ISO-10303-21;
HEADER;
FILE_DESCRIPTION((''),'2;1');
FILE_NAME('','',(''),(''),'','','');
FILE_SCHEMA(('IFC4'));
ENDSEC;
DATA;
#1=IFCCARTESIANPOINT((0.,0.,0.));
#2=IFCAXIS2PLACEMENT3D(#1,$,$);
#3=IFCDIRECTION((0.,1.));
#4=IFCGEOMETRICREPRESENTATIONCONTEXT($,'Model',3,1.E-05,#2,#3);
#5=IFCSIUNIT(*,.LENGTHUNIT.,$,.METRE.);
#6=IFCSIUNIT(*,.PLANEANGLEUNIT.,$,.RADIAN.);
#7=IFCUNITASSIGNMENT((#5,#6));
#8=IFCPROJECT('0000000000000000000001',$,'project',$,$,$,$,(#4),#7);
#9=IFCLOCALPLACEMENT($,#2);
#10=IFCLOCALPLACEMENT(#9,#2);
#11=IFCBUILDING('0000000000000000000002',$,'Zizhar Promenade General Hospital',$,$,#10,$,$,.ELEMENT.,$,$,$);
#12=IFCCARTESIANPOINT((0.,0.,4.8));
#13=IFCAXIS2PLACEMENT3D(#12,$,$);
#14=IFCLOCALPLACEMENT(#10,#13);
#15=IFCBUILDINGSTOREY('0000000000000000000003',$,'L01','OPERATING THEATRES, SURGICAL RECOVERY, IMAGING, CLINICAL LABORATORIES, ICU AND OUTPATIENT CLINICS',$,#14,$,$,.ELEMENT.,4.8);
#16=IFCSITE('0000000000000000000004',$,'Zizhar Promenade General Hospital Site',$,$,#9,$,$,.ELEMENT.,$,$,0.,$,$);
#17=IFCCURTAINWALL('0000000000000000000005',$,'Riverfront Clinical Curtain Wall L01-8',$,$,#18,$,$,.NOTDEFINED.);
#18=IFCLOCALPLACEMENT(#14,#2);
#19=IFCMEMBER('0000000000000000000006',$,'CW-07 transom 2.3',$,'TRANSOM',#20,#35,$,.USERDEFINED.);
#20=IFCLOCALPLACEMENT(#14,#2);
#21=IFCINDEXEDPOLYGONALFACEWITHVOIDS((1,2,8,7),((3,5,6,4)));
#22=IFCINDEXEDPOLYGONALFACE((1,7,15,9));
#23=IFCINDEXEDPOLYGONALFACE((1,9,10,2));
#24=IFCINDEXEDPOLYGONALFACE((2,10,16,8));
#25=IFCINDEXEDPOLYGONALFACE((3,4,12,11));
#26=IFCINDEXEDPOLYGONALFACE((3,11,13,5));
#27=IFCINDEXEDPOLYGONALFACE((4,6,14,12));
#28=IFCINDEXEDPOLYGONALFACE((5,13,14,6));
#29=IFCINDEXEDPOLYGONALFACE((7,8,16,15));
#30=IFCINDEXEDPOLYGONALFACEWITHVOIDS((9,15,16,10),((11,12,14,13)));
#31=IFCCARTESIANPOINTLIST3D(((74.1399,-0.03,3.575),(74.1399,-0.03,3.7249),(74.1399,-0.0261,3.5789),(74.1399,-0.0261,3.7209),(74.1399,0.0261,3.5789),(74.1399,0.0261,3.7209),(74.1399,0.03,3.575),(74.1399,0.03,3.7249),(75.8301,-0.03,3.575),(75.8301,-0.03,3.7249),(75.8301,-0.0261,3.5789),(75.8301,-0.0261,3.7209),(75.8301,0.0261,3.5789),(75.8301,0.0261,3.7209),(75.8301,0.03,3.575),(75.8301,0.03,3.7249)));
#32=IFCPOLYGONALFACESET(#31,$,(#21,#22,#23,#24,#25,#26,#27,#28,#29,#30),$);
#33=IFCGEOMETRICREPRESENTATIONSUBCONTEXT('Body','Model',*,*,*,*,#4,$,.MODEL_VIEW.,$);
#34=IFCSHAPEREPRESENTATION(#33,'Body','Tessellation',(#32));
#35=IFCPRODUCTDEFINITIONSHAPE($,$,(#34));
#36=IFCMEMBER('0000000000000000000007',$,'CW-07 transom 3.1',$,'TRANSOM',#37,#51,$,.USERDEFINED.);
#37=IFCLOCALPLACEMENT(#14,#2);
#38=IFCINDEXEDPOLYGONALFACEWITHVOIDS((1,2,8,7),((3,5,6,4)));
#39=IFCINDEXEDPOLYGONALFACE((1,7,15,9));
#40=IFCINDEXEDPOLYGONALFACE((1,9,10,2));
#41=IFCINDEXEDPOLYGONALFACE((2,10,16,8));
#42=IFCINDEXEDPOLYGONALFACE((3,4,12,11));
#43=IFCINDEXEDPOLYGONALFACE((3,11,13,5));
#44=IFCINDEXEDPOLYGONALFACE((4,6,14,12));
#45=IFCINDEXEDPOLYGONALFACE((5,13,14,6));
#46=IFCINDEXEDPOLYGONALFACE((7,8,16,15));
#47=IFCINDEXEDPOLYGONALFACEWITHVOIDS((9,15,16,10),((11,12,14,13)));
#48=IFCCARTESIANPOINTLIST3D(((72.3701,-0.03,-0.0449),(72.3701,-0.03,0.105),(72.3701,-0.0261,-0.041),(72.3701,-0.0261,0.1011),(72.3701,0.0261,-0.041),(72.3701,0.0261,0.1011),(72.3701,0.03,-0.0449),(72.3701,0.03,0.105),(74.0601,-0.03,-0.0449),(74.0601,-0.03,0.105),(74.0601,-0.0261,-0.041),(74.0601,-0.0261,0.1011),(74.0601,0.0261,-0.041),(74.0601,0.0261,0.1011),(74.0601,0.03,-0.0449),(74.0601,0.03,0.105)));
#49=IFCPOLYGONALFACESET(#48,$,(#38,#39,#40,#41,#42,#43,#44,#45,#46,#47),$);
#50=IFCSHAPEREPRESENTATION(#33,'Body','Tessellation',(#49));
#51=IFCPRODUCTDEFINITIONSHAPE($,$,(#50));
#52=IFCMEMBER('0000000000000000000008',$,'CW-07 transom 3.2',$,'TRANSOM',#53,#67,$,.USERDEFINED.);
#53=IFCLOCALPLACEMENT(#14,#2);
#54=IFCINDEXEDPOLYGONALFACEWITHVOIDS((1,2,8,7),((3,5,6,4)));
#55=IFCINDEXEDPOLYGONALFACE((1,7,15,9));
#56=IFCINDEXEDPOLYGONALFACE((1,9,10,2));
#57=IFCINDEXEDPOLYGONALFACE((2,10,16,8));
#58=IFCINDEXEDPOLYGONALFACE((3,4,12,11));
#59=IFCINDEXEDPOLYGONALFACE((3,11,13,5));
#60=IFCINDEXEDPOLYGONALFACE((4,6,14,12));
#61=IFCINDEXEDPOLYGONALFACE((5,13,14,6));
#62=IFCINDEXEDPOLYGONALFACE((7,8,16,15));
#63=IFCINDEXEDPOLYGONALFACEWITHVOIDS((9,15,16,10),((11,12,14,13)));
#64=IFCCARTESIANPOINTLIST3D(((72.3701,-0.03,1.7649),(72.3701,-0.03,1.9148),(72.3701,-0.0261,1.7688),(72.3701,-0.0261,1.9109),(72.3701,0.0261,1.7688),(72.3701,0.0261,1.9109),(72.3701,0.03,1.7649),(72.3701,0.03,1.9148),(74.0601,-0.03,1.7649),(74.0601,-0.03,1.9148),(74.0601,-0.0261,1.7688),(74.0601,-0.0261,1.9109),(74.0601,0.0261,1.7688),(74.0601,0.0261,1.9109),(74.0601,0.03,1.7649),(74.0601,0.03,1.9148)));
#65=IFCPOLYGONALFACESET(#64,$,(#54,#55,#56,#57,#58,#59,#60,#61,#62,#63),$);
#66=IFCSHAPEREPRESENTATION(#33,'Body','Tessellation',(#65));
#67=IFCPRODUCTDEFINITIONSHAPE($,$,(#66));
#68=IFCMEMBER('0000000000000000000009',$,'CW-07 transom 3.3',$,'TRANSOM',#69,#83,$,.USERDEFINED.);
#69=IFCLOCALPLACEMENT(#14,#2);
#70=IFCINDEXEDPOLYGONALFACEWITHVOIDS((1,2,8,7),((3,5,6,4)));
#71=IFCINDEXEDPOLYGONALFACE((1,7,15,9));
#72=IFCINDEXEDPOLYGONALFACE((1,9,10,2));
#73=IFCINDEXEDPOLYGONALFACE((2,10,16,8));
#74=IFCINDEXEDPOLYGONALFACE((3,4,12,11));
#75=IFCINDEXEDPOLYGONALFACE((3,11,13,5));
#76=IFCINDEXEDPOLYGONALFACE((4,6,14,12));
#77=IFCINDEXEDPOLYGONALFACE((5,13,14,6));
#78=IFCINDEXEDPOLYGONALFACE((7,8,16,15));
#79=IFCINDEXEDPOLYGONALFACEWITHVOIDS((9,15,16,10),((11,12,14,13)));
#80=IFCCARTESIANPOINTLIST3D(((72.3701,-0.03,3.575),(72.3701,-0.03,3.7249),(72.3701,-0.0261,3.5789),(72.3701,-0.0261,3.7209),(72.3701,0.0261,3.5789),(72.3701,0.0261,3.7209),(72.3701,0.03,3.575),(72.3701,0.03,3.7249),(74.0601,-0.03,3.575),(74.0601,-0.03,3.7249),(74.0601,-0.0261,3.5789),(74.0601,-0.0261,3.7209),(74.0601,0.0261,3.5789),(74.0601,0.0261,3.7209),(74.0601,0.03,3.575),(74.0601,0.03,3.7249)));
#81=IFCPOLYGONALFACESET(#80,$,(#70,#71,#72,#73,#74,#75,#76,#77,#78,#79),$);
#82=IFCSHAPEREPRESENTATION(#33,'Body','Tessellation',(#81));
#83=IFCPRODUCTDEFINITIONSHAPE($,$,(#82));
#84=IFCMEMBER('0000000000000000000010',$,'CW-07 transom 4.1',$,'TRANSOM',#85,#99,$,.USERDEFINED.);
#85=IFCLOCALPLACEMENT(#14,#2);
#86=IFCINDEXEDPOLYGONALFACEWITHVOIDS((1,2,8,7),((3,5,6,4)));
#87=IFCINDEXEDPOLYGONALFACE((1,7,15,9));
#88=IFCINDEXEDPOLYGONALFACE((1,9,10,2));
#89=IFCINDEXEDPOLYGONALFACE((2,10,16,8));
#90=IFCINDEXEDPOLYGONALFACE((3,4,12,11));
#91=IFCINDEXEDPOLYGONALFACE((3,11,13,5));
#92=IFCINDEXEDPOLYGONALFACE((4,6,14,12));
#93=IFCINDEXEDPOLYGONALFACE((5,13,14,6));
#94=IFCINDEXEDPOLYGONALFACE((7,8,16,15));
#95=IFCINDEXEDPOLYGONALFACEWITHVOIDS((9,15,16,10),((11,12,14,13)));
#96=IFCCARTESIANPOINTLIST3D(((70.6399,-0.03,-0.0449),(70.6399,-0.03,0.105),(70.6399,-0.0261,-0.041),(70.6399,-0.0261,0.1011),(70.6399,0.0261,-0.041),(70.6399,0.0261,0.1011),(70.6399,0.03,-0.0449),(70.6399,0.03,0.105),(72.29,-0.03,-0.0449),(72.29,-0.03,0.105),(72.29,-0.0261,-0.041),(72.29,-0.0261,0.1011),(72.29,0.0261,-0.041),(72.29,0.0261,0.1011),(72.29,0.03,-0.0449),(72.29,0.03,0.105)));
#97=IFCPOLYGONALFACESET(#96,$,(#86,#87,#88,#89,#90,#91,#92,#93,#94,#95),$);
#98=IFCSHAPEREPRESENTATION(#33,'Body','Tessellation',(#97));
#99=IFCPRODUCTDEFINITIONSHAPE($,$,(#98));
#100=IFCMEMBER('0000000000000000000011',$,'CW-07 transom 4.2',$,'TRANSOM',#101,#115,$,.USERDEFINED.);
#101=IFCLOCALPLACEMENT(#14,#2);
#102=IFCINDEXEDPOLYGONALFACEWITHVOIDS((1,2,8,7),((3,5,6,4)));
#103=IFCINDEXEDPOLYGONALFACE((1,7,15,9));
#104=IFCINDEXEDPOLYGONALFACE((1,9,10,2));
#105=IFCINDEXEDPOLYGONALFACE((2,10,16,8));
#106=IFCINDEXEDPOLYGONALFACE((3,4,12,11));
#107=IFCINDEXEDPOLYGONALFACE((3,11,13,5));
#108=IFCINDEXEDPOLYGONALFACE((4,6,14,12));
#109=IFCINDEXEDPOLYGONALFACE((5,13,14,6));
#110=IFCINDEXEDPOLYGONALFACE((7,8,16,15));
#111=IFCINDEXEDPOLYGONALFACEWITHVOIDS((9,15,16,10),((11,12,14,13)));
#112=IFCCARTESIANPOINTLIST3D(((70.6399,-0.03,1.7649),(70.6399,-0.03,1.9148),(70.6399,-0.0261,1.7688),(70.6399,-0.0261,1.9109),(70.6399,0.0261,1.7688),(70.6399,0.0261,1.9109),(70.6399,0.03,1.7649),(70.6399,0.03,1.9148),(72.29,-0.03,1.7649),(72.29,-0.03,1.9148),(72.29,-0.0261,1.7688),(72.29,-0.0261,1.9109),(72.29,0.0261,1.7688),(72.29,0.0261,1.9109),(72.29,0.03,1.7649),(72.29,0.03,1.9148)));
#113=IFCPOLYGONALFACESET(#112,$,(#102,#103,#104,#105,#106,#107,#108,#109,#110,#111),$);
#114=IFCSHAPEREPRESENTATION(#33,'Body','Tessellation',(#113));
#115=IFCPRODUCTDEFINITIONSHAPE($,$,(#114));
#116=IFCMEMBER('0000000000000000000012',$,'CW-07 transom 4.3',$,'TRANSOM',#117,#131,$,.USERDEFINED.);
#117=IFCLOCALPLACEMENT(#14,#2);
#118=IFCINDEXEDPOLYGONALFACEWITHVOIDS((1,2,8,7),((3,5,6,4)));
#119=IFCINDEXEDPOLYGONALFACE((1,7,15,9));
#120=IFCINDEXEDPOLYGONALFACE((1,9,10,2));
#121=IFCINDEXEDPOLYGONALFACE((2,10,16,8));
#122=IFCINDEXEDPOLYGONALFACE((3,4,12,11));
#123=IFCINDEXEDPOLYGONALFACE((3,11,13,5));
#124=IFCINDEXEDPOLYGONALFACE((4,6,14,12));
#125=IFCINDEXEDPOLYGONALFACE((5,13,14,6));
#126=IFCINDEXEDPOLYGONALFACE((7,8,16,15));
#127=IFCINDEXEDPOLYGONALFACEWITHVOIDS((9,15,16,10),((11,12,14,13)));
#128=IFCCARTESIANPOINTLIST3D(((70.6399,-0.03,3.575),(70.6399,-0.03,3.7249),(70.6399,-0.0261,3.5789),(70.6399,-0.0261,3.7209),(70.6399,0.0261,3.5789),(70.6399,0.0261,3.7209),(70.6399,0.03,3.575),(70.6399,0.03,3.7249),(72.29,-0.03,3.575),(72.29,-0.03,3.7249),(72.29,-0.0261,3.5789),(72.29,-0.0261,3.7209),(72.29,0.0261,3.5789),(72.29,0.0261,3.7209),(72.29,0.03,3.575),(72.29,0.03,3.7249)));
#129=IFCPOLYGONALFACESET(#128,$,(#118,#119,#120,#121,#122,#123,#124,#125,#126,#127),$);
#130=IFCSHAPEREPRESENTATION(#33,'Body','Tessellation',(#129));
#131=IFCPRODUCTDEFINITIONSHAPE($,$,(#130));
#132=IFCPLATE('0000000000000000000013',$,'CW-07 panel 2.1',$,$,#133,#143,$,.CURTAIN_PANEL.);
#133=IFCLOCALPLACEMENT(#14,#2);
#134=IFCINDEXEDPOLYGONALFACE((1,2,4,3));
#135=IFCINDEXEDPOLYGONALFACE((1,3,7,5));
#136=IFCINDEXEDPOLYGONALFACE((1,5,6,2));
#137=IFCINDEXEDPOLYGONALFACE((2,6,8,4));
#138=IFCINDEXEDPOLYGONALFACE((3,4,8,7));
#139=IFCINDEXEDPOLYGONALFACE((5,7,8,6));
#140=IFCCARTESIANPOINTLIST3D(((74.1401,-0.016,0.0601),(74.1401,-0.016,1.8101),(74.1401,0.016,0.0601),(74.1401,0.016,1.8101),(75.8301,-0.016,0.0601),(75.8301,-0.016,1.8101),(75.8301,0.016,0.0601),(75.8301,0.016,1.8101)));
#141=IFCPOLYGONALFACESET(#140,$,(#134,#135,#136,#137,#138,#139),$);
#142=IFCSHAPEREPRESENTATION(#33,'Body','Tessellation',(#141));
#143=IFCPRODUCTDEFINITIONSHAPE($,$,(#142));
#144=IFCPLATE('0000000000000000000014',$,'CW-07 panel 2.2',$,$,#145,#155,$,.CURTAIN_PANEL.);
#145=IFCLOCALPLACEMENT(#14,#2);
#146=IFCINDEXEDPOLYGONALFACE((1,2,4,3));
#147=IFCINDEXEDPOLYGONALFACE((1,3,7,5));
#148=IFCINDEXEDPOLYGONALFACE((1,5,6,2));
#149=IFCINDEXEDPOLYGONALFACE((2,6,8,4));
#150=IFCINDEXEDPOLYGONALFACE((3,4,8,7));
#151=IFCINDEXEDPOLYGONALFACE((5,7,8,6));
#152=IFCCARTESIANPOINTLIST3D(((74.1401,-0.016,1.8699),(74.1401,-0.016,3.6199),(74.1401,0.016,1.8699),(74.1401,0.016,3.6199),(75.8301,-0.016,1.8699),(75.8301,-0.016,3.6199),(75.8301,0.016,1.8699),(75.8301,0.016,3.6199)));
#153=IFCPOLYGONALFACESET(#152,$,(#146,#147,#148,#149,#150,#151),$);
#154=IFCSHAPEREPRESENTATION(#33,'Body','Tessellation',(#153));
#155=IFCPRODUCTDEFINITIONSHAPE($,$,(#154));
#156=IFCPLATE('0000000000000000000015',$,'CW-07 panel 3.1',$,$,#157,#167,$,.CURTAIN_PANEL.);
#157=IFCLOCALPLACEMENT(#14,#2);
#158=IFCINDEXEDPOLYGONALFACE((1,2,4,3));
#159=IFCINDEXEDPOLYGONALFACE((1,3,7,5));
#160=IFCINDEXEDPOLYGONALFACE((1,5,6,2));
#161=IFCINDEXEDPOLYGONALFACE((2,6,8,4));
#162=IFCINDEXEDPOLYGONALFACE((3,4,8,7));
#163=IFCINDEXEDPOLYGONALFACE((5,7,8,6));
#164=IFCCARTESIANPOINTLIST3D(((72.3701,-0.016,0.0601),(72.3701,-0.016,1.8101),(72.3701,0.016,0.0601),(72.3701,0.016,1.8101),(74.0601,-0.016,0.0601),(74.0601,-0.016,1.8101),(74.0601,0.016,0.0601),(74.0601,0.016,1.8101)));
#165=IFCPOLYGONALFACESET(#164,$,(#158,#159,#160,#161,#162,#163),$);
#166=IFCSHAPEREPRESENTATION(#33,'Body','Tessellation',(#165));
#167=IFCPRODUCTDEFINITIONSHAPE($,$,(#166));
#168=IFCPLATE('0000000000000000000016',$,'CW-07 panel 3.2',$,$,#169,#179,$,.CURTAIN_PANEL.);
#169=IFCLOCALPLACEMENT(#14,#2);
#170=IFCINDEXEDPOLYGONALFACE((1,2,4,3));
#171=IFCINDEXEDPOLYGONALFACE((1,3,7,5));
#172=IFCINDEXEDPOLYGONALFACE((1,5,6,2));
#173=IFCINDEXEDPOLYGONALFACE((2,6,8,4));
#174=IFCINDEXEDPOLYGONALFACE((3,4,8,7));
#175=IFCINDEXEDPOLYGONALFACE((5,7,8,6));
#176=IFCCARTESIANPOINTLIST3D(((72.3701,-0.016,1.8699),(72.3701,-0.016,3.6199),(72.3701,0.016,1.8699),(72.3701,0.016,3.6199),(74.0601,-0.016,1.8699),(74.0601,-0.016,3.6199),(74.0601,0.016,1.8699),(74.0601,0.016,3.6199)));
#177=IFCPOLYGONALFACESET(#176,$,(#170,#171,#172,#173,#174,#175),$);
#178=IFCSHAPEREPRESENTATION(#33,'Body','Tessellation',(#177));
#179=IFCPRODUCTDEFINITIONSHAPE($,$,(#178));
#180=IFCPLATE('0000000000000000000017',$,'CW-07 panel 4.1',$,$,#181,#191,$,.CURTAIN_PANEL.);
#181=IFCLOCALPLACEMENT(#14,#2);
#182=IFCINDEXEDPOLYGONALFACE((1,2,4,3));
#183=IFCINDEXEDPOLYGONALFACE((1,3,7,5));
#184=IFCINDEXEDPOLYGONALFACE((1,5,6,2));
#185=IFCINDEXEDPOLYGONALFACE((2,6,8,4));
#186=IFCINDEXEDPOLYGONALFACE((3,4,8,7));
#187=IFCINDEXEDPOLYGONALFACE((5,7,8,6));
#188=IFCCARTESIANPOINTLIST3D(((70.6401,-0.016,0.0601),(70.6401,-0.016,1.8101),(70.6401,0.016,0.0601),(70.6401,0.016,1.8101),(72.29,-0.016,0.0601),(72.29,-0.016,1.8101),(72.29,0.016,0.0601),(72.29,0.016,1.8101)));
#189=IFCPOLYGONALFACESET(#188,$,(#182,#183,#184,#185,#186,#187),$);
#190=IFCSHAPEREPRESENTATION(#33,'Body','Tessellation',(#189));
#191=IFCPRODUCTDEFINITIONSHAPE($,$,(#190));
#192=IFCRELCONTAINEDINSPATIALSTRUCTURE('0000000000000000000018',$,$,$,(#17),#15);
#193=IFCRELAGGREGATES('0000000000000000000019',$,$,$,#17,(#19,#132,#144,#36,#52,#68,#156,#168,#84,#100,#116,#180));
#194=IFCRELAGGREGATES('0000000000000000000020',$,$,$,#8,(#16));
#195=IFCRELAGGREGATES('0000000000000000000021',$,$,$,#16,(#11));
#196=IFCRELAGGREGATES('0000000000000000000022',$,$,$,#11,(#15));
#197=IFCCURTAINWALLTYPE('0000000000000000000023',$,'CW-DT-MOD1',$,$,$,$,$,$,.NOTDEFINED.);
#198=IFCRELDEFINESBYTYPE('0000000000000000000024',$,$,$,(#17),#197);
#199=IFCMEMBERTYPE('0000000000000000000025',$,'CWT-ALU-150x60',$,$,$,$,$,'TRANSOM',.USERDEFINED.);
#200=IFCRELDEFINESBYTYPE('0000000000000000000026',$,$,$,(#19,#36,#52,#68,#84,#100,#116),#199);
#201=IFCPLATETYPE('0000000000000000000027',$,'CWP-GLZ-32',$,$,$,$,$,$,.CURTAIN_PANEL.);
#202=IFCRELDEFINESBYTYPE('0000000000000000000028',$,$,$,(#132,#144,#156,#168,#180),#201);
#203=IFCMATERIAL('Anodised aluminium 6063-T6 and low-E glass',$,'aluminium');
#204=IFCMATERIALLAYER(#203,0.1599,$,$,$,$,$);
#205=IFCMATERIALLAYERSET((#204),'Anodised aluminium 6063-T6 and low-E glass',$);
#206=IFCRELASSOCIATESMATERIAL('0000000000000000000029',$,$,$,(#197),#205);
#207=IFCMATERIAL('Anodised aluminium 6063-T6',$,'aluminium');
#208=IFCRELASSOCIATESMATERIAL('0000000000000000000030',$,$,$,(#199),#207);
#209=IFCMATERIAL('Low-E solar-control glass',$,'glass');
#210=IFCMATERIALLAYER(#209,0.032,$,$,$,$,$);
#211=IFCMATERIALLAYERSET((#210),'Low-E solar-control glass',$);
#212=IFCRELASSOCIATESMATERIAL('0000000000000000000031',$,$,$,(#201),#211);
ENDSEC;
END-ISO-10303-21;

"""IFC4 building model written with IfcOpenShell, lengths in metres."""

from ifc_helpers import new_model, si_unit, direction, frame, origin, origin_2d, place, context, subcontext, project, spatial, rectangle, hollow_rectangle, extrude, material, layer, layer_set, material_profile, profile_set, type_object, element, aggregate, save


model = new_model("IFC4")

# Units and contexts
model_context = context("Model", 3, precision=1e-05, world=origin(), true_north=direction((0.0, 1.0)))
body_context = subcontext(model_context, "Body", "Model", "MODEL_VIEW")
ifc_project = project(units=[si_unit("LENGTHUNIT", "METRE"), si_unit("PLANEANGLEUNIT", "RADIAN")], contexts=[model_context])

# Site, building, storey
site_placement = place(None, origin())
site = spatial("IfcSite", under=ifc_project, at=site_placement, Name="Zizhar Promenade General Hospital Site", CompositionType="ELEMENT", RefElevation=0.0)
building_placement = place(site_placement, origin())
building = spatial("IfcBuilding", under=site, at=building_placement, Name="Zizhar Promenade General Hospital", CompositionType="ELEMENT")
storey_placement = place(building_placement, frame((0.0, 0.0, 4.8)))
storey = spatial("IfcBuildingStorey", under=building, at=storey_placement, Name="L01", Description="OPERATING THEATRES, SURGICAL RECOVERY, IMAGING, CLINICAL LABORATORIES, ICU AND OUTPATIENT CLINICS", CompositionType="ELEMENT", Elevation=4.8)

# Curtain wall, members, plates
ifc_material_1 = material(Name="Anodised aluminium 6063-T6 and low-E glass", Category="aluminium")
ifc_layer_1 = layer(ifc_material_1, 0.1599)
ifc_layer_set_1 = layer_set([ifc_layer_1], Name="Anodised aluminium 6063-T6 and low-E glass")
curtain_wall_type = type_object("IfcCurtainWallType", Name="CW-DT-MOD1", PredefinedType="NOTDEFINED", material=ifc_layer_set_1)
curtain_wall_placement = place(storey_placement, origin())
curtain_wall = element("IfcCurtainWall", 1, at=curtain_wall_placement, inside=storey, type_object=curtain_wall_type, Name="Riverfront Clinical Curtain Wall L01-8", PredefinedType="NOTDEFINED")
ifc_material_2 = material(Name="Anodised aluminium 6063-T6", Category="aluminium")
ifc_material_profile_1 = material_profile(ifc_material_2, hollow_rectangle(XDim=0.0601, YDim=0.1499, WallThickness=0.0039, at=origin_2d()))
ifc_profile_set_1 = profile_set([ifc_material_profile_1], Name="Anodised aluminium 6063-T6")
member_type_1 = type_object("IfcMemberType", Name="CWT-ALU-150x60", ElementType="TRANSOM", PredefinedType="USERDEFINED", material=ifc_profile_set_1)
member_1_placement = place(storey_placement, frame((75.8301, 0.0, 3.6499), z_axis=(-1.0, 0.0, 0.0), x_axis=(0.0, -1.0, 0.0)))
member_1 = element("IfcMember", 2, at=member_1_placement, type_object=member_type_1, Name="CW-07 transom 2.3", ObjectType="TRANSOM", PredefinedType="USERDEFINED", context=body_context, shape_type="SweptSolid", body=[
    extrude(hollow_rectangle(XDim=0.0601, YDim=0.1499, WallThickness=0.0039, at=origin_2d()), origin(), (0.0, 0.0, 1.0), 1.6902),
])
member_2_placement = place(storey_placement, frame((74.0601, 0.0, 0.03), z_axis=(-1.0, 0.0, 0.0), x_axis=(0.0, -1.0, 0.0)))
member_2 = element("IfcMember", 3, at=member_2_placement, type_object=member_type_1, Name="CW-07 transom 3.1", ObjectType="TRANSOM", PredefinedType="USERDEFINED", context=body_context, shape_type="SweptSolid", body=[
    extrude(hollow_rectangle(XDim=0.0601, YDim=0.1499, WallThickness=0.0039, at=origin_2d()), origin(), (0.0, 0.0, 1.0), 1.6899),
])
member_3_placement = place(storey_placement, frame((74.0601, 0.0, 1.8398), z_axis=(-1.0, 0.0, 0.0), x_axis=(0.0, -1.0, 0.0)))
member_3 = element("IfcMember", 4, at=member_3_placement, type_object=member_type_1, Name="CW-07 transom 3.2", ObjectType="TRANSOM", PredefinedType="USERDEFINED", context=body_context, shape_type="SweptSolid", body=[
    extrude(hollow_rectangle(XDim=0.0601, YDim=0.1499, WallThickness=0.0039, at=origin_2d()), origin(), (0.0, 0.0, 1.0), 1.6899),
])
member_4_placement = place(storey_placement, frame((74.0601, 0.0, 3.6499), z_axis=(-1.0, 0.0, 0.0), x_axis=(0.0, -1.0, 0.0)))
member_4 = element("IfcMember", 5, at=member_4_placement, type_object=member_type_1, Name="CW-07 transom 3.3", ObjectType="TRANSOM", PredefinedType="USERDEFINED", context=body_context, shape_type="SweptSolid", body=[
    extrude(hollow_rectangle(XDim=0.0601, YDim=0.1499, WallThickness=0.0039, at=origin_2d()), origin(), (0.0, 0.0, 1.0), 1.6899),
])
member_5_placement = place(storey_placement, frame((72.29, 0.0, 0.03), z_axis=(-1.0, 0.0, 0.0), x_axis=(0.0, -1.0, 0.0)))
member_5 = element("IfcMember", 6, at=member_5_placement, type_object=member_type_1, Name="CW-07 transom 4.1", ObjectType="TRANSOM", PredefinedType="USERDEFINED", context=body_context, shape_type="SweptSolid", body=[
    extrude(hollow_rectangle(XDim=0.0601, YDim=0.1499, WallThickness=0.0039, at=origin_2d()), origin(), (0.0, 0.0, 1.0), 1.6501),
])
member_6_placement = place(storey_placement, frame((72.29, 0.0, 1.8398), z_axis=(-1.0, 0.0, 0.0), x_axis=(0.0, -1.0, 0.0)))
member_6 = element("IfcMember", 7, at=member_6_placement, type_object=member_type_1, Name="CW-07 transom 4.2", ObjectType="TRANSOM", PredefinedType="USERDEFINED", context=body_context, shape_type="SweptSolid", body=[
    extrude(hollow_rectangle(XDim=0.0601, YDim=0.1499, WallThickness=0.0039, at=origin_2d()), origin(), (0.0, 0.0, 1.0), 1.6501),
])
member_7_placement = place(storey_placement, frame((72.29, 0.0, 3.6499), z_axis=(-1.0, 0.0, 0.0), x_axis=(0.0, -1.0, 0.0)))
member_7 = element("IfcMember", 8, at=member_7_placement, type_object=member_type_1, Name="CW-07 transom 4.3", ObjectType="TRANSOM", PredefinedType="USERDEFINED", context=body_context, shape_type="SweptSolid", body=[
    extrude(hollow_rectangle(XDim=0.0601, YDim=0.1499, WallThickness=0.0039, at=origin_2d()), origin(), (0.0, 0.0, 1.0), 1.6501),
])
ifc_material_3 = material(Name="Low-E solar-control glass", Category="glass")
ifc_layer_2 = layer(ifc_material_3, 0.032)
ifc_layer_set_2 = layer_set([ifc_layer_2], Name="Low-E solar-control glass")
plate_type = type_object("IfcPlateType", Name="CWP-GLZ-32", PredefinedType="CURTAIN_PANEL", material=ifc_layer_set_2)
plate_1_placement = place(storey_placement, frame((74.9851, 0.0, 0.0601), z_axis=(0.0, 0.0, 1.0), x_axis=(-1.0, 0.0, 0.0)))
plate_1 = element("IfcPlate", 9, at=plate_1_placement, type_object=plate_type, Name="CW-07 panel 2.1", PredefinedType="CURTAIN_PANEL", context=body_context, shape_type="SweptSolid", body=[
    extrude(rectangle(XDim=1.6899, YDim=0.032, at=origin_2d()), origin(), (0.0, 0.0, 1.0), 1.75),
])
plate_2_placement = place(storey_placement, frame((74.9851, 0.0, 1.8699), z_axis=(0.0, 0.0, 1.0), x_axis=(-1.0, 0.0, 0.0)))
plate_2 = element("IfcPlate", 10, at=plate_2_placement, type_object=plate_type, Name="CW-07 panel 2.2", PredefinedType="CURTAIN_PANEL", context=body_context, shape_type="SweptSolid", body=[
    extrude(rectangle(XDim=1.6899, YDim=0.032, at=origin_2d()), origin(), (0.0, 0.0, 1.0), 1.75),
])
plate_3_placement = place(storey_placement, frame((73.2151, 0.0, 0.0601), z_axis=(0.0, 0.0, 1.0), x_axis=(-1.0, 0.0, 0.0)))
plate_3 = element("IfcPlate", 11, at=plate_3_placement, type_object=plate_type, Name="CW-07 panel 3.1", PredefinedType="CURTAIN_PANEL", context=body_context, shape_type="SweptSolid", body=[
    extrude(rectangle(XDim=1.6899, YDim=0.032, at=origin_2d()), origin(), (0.0, 0.0, 1.0), 1.75),
])
plate_4_placement = place(storey_placement, frame((73.2151, 0.0, 1.8699), z_axis=(0.0, 0.0, 1.0), x_axis=(-1.0, 0.0, 0.0)))
plate_4 = element("IfcPlate", 12, at=plate_4_placement, type_object=plate_type, Name="CW-07 panel 3.2", PredefinedType="CURTAIN_PANEL", context=body_context, shape_type="SweptSolid", body=[
    extrude(rectangle(XDim=1.6899, YDim=0.032, at=origin_2d()), origin(), (0.0, 0.0, 1.0), 1.75),
])
plate_5_placement = place(storey_placement, frame((71.4651, 0.0, 0.0601), z_axis=(0.0, 0.0, 1.0), x_axis=(-1.0, 0.0, 0.0)))
plate_5 = element("IfcPlate", 13, at=plate_5_placement, type_object=plate_type, Name="CW-07 panel 4.1", PredefinedType="CURTAIN_PANEL", context=body_context, shape_type="SweptSolid", body=[
    extrude(rectangle(XDim=1.6499, YDim=0.032, at=origin_2d()), origin(), (0.0, 0.0, 1.0), 1.75),
])
aggregate(curtain_wall, [member_1, plate_1, plate_2, member_2, member_3, member_4, plate_3, plate_4, member_5, member_6, member_7, plate_5])

save(model, "model.ifc")
